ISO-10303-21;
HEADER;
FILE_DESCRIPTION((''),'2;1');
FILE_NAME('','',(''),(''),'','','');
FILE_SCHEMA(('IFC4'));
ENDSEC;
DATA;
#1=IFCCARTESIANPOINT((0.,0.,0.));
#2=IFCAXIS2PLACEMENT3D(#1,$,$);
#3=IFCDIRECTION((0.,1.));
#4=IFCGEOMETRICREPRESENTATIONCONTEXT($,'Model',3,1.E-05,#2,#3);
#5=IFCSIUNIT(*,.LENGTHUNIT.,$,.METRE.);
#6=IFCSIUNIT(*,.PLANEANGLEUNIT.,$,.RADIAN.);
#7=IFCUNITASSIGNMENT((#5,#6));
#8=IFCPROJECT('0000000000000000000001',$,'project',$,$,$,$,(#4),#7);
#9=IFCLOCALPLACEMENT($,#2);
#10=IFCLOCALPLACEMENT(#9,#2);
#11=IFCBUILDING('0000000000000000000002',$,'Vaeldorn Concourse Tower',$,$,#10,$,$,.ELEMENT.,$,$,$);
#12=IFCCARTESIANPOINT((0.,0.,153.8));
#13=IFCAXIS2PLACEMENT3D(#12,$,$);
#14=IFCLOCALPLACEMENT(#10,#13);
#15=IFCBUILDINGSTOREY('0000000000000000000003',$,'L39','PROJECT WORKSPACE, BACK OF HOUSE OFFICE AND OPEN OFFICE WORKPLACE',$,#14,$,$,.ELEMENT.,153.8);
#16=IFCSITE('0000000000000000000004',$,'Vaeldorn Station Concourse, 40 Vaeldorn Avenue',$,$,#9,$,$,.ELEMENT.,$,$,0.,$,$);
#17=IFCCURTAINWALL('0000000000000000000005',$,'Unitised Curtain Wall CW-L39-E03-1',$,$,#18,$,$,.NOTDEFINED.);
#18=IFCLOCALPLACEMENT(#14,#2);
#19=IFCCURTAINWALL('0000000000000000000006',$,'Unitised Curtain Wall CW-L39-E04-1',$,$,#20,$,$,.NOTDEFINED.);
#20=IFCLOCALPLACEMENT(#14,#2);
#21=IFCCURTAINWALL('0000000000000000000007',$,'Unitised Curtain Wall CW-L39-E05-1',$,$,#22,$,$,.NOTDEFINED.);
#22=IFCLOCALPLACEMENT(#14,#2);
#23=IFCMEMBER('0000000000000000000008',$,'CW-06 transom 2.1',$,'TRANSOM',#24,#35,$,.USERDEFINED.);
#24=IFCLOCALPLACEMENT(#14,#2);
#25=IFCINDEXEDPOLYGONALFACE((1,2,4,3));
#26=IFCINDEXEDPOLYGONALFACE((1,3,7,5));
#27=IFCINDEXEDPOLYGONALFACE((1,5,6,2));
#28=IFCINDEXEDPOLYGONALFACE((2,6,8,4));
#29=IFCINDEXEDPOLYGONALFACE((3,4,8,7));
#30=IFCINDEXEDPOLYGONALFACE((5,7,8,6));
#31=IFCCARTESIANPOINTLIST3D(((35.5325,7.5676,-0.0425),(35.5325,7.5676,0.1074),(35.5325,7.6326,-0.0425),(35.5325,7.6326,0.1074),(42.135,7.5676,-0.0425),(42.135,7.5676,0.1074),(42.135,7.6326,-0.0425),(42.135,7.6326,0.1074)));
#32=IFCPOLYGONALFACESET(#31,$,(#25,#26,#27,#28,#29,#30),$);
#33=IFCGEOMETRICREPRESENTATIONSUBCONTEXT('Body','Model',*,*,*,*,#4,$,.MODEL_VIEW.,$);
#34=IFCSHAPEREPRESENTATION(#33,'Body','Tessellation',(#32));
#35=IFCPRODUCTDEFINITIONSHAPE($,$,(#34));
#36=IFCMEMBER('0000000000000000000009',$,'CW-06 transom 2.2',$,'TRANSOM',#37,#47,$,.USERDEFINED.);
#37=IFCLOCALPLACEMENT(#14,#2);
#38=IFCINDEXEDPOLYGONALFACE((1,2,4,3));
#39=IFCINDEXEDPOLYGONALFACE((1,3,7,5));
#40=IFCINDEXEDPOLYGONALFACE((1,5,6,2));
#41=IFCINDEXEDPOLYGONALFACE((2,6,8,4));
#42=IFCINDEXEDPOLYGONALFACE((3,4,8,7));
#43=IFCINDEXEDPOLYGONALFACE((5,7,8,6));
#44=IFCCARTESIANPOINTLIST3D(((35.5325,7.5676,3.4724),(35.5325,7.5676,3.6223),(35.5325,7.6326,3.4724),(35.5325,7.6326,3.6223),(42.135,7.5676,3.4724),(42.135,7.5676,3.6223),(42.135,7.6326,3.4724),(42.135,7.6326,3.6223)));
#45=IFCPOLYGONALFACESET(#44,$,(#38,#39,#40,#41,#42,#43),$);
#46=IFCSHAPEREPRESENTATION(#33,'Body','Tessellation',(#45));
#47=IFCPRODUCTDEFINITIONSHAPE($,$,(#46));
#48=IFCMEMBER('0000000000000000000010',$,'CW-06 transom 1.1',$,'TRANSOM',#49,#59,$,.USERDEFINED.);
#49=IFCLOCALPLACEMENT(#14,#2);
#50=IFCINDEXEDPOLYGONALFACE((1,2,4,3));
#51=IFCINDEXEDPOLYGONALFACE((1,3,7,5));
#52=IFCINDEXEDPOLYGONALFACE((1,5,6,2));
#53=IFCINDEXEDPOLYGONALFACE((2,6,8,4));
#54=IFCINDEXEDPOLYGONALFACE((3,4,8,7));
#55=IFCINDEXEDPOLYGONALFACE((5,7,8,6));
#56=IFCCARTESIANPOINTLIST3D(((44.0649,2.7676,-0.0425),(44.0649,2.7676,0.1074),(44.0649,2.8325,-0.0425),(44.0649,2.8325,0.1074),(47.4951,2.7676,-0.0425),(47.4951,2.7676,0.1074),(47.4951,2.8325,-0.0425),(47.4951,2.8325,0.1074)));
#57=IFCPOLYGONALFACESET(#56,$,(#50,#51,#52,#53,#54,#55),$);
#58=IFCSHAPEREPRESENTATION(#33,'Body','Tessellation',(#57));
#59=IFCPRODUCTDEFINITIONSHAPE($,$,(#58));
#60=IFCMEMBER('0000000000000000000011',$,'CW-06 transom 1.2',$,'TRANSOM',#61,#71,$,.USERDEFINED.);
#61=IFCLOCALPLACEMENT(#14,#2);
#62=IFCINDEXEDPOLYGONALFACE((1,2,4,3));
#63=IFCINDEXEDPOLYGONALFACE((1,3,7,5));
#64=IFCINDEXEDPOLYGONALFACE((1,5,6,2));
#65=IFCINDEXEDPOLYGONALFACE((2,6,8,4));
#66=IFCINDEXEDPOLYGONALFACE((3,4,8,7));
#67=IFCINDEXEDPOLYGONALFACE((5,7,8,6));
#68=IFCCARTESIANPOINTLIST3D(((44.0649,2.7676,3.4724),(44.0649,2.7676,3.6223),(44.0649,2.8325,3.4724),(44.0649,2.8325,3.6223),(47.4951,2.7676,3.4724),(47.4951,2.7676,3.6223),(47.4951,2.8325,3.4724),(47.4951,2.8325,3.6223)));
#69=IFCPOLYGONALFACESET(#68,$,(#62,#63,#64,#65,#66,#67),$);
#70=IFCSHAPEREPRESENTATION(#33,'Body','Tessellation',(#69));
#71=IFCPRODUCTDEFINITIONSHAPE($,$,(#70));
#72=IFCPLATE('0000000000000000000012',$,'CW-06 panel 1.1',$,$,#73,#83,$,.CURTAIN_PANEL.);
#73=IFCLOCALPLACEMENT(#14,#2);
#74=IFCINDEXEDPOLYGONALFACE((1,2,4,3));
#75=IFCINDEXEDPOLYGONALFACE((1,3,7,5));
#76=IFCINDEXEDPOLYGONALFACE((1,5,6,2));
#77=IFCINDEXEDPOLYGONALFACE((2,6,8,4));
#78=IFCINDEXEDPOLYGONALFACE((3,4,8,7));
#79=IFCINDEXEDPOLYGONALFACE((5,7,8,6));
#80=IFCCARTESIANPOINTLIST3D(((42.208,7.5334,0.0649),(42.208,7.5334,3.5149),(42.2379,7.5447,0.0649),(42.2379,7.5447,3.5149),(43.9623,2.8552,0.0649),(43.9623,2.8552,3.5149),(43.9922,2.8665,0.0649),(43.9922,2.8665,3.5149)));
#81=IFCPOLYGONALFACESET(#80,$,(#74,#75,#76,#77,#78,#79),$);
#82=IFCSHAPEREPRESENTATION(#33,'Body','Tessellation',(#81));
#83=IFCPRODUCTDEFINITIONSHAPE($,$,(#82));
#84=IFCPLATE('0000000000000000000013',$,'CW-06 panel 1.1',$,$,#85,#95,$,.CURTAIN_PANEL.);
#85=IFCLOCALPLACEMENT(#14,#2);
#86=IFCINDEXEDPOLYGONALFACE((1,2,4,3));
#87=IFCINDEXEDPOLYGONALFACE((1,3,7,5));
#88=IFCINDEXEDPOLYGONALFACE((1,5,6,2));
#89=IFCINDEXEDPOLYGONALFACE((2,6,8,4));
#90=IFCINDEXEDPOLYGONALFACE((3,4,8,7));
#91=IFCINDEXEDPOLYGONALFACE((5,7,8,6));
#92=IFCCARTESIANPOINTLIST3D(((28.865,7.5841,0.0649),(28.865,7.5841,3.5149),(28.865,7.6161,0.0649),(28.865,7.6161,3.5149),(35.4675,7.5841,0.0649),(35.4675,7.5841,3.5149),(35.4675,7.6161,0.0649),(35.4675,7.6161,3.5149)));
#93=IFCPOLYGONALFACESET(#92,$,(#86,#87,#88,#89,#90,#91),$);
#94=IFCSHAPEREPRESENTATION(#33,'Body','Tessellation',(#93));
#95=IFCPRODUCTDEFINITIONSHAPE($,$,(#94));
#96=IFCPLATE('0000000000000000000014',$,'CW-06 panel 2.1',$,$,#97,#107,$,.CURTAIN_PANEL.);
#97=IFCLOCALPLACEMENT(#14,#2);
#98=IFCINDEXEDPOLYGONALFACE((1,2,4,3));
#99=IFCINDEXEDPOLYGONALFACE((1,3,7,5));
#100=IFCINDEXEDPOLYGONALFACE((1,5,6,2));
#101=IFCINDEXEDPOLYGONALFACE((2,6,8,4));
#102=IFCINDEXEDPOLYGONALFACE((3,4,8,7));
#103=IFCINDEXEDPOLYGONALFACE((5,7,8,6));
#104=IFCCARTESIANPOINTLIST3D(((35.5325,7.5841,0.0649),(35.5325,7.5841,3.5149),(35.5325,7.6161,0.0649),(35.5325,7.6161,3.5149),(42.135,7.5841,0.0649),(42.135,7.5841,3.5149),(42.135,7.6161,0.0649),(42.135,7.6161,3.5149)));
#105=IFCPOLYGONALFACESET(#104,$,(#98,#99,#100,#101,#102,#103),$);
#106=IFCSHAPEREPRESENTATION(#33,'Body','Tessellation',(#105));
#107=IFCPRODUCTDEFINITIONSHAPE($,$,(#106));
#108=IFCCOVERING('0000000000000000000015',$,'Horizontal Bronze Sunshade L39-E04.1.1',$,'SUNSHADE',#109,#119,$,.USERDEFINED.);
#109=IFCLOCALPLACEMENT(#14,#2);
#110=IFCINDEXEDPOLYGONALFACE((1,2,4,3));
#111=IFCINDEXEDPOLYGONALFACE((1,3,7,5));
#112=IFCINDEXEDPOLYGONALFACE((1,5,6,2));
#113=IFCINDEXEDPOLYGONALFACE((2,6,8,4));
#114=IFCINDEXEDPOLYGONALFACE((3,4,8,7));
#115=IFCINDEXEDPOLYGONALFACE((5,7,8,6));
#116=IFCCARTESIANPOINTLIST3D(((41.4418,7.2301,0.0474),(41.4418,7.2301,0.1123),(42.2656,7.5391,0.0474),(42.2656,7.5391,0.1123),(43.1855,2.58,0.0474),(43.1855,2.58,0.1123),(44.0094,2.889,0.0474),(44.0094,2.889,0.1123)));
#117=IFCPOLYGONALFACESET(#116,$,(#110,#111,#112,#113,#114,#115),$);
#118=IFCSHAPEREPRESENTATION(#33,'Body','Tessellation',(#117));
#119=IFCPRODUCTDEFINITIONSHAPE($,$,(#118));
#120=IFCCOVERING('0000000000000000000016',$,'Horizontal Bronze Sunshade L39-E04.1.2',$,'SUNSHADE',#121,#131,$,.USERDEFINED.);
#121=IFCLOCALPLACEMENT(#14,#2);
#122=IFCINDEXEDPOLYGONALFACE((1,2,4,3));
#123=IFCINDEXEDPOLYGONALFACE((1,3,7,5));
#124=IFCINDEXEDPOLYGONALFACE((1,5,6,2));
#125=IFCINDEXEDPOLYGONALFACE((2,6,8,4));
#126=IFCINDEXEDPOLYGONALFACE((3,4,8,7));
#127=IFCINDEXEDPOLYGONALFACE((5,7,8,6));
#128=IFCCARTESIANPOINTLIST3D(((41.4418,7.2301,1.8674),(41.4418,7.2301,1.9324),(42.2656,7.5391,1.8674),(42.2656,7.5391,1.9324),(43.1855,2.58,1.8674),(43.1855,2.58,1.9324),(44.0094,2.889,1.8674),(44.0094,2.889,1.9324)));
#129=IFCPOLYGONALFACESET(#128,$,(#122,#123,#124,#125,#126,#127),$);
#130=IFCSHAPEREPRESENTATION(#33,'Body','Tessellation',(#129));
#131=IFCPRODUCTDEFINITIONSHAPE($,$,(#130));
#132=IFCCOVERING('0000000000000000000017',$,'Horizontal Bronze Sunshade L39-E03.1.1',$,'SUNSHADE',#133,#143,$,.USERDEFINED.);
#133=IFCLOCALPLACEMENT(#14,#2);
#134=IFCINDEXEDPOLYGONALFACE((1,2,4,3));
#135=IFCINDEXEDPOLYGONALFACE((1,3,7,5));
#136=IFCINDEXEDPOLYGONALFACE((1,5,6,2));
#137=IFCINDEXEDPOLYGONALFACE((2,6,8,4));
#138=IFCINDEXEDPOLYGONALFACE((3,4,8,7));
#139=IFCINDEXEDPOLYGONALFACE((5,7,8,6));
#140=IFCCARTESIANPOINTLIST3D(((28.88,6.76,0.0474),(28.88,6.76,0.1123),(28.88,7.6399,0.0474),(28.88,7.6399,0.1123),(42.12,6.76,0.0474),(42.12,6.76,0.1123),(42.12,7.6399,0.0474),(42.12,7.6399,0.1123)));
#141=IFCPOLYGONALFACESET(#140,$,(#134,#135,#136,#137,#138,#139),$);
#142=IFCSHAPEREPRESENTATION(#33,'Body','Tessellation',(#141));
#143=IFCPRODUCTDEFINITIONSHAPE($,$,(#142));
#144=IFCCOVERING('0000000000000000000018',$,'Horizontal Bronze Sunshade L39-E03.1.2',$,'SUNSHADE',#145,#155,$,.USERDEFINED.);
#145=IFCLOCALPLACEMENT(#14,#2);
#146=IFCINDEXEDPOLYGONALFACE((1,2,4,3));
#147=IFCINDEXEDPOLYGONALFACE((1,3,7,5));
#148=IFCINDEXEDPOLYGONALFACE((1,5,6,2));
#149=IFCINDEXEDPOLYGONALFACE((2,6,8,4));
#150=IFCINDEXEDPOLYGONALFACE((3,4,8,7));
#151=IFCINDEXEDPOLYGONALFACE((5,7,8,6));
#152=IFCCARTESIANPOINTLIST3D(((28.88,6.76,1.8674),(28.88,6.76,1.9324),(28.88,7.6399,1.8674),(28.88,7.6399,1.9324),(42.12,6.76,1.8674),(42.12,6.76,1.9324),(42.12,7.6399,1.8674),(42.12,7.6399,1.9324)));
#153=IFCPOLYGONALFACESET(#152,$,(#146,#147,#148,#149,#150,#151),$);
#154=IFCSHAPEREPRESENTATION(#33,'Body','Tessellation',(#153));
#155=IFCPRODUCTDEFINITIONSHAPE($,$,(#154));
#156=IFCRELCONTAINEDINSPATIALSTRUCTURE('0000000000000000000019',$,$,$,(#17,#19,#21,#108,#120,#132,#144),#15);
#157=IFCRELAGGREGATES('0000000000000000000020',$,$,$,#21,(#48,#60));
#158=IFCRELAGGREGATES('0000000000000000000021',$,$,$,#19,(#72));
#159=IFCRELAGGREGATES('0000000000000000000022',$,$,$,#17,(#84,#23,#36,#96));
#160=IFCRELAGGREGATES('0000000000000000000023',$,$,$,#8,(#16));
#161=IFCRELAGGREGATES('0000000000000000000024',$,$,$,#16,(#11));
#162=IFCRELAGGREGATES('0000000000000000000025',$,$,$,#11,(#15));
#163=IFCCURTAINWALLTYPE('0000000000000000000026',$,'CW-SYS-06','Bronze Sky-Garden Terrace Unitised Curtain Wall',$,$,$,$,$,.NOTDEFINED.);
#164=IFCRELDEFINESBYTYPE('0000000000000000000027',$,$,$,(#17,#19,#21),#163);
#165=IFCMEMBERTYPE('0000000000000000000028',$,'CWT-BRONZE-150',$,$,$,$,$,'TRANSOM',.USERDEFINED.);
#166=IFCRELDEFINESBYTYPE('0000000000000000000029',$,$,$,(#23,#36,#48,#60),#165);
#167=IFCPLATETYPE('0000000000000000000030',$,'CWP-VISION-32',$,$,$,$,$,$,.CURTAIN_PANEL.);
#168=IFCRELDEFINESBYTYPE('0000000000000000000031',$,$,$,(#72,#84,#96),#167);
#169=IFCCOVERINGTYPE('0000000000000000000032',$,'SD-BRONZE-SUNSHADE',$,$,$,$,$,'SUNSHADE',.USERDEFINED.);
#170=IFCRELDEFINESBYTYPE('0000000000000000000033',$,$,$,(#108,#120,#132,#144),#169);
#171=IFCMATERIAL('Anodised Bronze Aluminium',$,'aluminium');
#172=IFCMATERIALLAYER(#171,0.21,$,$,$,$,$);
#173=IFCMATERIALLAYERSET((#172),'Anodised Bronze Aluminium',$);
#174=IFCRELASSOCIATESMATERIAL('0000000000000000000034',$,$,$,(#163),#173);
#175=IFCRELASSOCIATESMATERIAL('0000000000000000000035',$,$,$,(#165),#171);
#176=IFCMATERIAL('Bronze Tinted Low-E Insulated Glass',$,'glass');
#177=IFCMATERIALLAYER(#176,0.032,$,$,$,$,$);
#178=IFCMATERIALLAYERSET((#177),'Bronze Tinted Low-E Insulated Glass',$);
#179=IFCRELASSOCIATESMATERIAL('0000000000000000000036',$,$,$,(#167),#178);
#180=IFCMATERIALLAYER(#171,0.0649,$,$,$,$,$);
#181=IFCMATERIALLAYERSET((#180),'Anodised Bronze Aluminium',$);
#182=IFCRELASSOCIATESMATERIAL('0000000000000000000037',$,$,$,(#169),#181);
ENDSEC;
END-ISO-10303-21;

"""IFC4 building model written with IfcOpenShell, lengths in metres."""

from ifc_helpers import new_model, si_unit, direction, frame, origin, origin_2d, place, context, subcontext, project, spatial, rectangle, extrude, source, transform, mapped, material, layer, layer_set, material_profile, profile_set, type_object, element, aggregate, save


model = new_model("IFC4")

# Units and contexts
model_context = context("Model", 3, precision=1e-05, world=origin(), true_north=direction((0.0, 1.0)))
body_context = subcontext(model_context, "Body", "Model", "MODEL_VIEW")
ifc_project = project(units=[si_unit("LENGTHUNIT", "METRE"), si_unit("PLANEANGLEUNIT", "RADIAN")], contexts=[model_context])

# Site, building, storey
site_placement = place(None, origin())
site = spatial("IfcSite", under=ifc_project, at=site_placement, Name="Vaeldorn Station Concourse, 40 Vaeldorn Avenue", CompositionType="ELEMENT", RefElevation=0.0)
building_placement = place(site_placement, origin())
building = spatial("IfcBuilding", under=site, at=building_placement, Name="Vaeldorn Concourse Tower", CompositionType="ELEMENT")
storey_placement = place(building_placement, frame((0.0, 0.0, 153.8)))
storey = spatial("IfcBuildingStorey", under=building, at=storey_placement, Name="L39", Description="PROJECT WORKSPACE, BACK OF HOUSE OFFICE AND OPEN OFFICE WORKPLACE", CompositionType="ELEMENT", Elevation=153.8)

# Curtain walls
ifc_material_1 = material(Name="Anodised Bronze Aluminium", Category="aluminium")
ifc_layer_1 = layer(ifc_material_1, 0.21)
ifc_layer_set_1 = layer_set([ifc_layer_1], Name="Anodised Bronze Aluminium")
curtain_wall_type = type_object("IfcCurtainWallType", Name="CW-SYS-06", Description="Bronze Sky-Garden Terrace Unitised Curtain Wall", PredefinedType="NOTDEFINED", material=ifc_layer_set_1)
curtain_wall_1_placement = place(storey_placement, origin())
curtain_wall_1 = element("IfcCurtainWall", 1, at=curtain_wall_1_placement, inside=storey, type_object=curtain_wall_type, Name="Unitised Curtain Wall CW-L39-E03-1", PredefinedType="NOTDEFINED")
curtain_wall_2_placement = place(storey_placement, origin())
curtain_wall_2 = element("IfcCurtainWall", 2, at=curtain_wall_2_placement, inside=storey, type_object=curtain_wall_type, Name="Unitised Curtain Wall CW-L39-E04-1", PredefinedType="NOTDEFINED")

# Curtain wall
curtain_wall_3_placement = place(storey_placement, origin())
curtain_wall_3 = element("IfcCurtainWall", 3, at=curtain_wall_3_placement, inside=storey, type_object=curtain_wall_type, Name="Unitised Curtain Wall CW-L39-E05-1", PredefinedType="NOTDEFINED")

# Members
ifc_material_profile_1 = material_profile(ifc_material_1, rectangle(XDim=0.0649, YDim=0.1499, at=origin_2d()), Name="CWT 65x150")
ifc_profile_set_1 = profile_set([ifc_material_profile_1], Name="Anodised Bronze Aluminium")
member_type_1 = type_object("IfcMemberType", Name="CWT-BRONZE-150", ElementType="TRANSOM", PredefinedType="USERDEFINED", material=ifc_profile_set_1)
shared_shape_1 = source(origin(), body_context, "Body", "SweptSolid", [
    extrude(rectangle(XDim=0.0649, YDim=0.1499, at=origin_2d()), origin(), (0.0, 0.0, 1.0), 6.6025),
])
member_1_placement = place(storey_placement, frame((35.5325, 7.6001, 0.0325), z_axis=(1.0, 0.0, 0.0), x_axis=(0.0, 1.0, 0.0)))
member_1 = element("IfcMember", 4, at=member_1_placement, type_object=member_type_1, Name="CW-06 transom 2.1", ObjectType="TRANSOM", PredefinedType="USERDEFINED", context=body_context, shape_type="MappedRepresentation", body=[
    mapped(shared_shape_1, transform((0.0, 0.0, 0.0), scale=1.0)),
])
member_2_placement = place(storey_placement, frame((35.5325, 7.6001, 3.5474), z_axis=(1.0, 0.0, 0.0), x_axis=(0.0, 1.0, 0.0)))
member_2 = element("IfcMember", 5, at=member_2_placement, type_object=member_type_1, Name="CW-06 transom 2.2", ObjectType="TRANSOM", PredefinedType="USERDEFINED", context=body_context, shape_type="MappedRepresentation", body=[
    mapped(shared_shape_1, transform((0.0, 0.0, 0.0), scale=1.0)),
])
shared_shape_2 = source(origin(), body_context, "Body", "SweptSolid", [
    extrude(rectangle(XDim=0.0649, YDim=0.1499, at=origin_2d()), origin(), (0.0, 0.0, 1.0), 3.4302),
])
member_3_placement = place(storey_placement, frame((44.0649, 2.8, 0.0325), z_axis=(1.0, 0.0, 0.0), x_axis=(0.0, 1.0, 0.0)))
member_3 = element("IfcMember", 6, at=member_3_placement, type_object=member_type_1, Name="CW-06 transom 1.1", ObjectType="TRANSOM", PredefinedType="USERDEFINED", context=body_context, shape_type="MappedRepresentation", body=[
    mapped(shared_shape_2, transform((0.0, 0.0, 0.0), scale=1.0)),
])
member_4_placement = place(storey_placement, frame((44.0649, 2.8, 3.5474), z_axis=(1.0, 0.0, 0.0), x_axis=(0.0, 1.0, 0.0)))
member_4 = element("IfcMember", 7, at=member_4_placement, type_object=member_type_1, Name="CW-06 transom 1.2", ObjectType="TRANSOM", PredefinedType="USERDEFINED", context=body_context, shape_type="MappedRepresentation", body=[
    mapped(shared_shape_2, transform((0.0, 0.0, 0.0), scale=1.0)),
])
aggregate(curtain_wall_3, [member_3, member_4])

# Plates
ifc_material_2 = material(Name="Bronze Tinted Low-E Insulated Glass", Category="glass")
ifc_layer_2 = layer(ifc_material_2, 0.032)
ifc_layer_set_2 = layer_set([ifc_layer_2], Name="Bronze Tinted Low-E Insulated Glass")
plate_type = type_object("IfcPlateType", Name="CWP-VISION-32", PredefinedType="CURTAIN_PANEL", material=ifc_layer_set_2)
shared_shape_3 = source(origin(), body_context, "Body", "SweptSolid", [
    extrude(rectangle(XDim=4.9963, YDim=0.032, at=origin_2d()), origin(), (0.0, 0.0, 1.0), 3.45),
])
plate_1_placement = place(storey_placement, frame((43.1001, 5.2, 0.0649), z_axis=(0.0, 0.0, 1.0), x_axis=(0.351123, -0.936329, 0.0)))
plate_1 = element("IfcPlate", 8, at=plate_1_placement, type_object=plate_type, Name="CW-06 panel 1.1", PredefinedType="CURTAIN_PANEL", context=body_context, shape_type="MappedRepresentation", body=[
    mapped(shared_shape_3, transform((0.0, 0.0, 0.0), scale=1.0)),
])
aggregate(curtain_wall_2, [plate_1])
shared_shape_4 = source(origin(), body_context, "Body", "SweptSolid", [
    extrude(rectangle(XDim=6.6025, YDim=0.032, at=origin_2d()), origin(), (0.0, 0.0, 1.0), 3.45),
])
plate_2_placement = place(storey_placement, frame((32.1663, 7.6001, 0.0649), z_axis=(0.0, 0.0, 1.0), x_axis=(1.0, 0.0, 0.0)))
plate_2 = element("IfcPlate", 9, at=plate_2_placement, type_object=plate_type, Name="CW-06 panel 1.1", PredefinedType="CURTAIN_PANEL", context=body_context, shape_type="MappedRepresentation", body=[
    mapped(shared_shape_4, transform((0.0, 0.0, 0.0), scale=1.0)),
])
plate_3_placement = place(storey_placement, frame((38.8337, 7.6001, 0.0649), z_axis=(0.0, 0.0, 1.0), x_axis=(1.0, 0.0, 0.0)))
plate_3 = element("IfcPlate", 10, at=plate_3_placement, type_object=plate_type, Name="CW-06 panel 2.1", PredefinedType="CURTAIN_PANEL", context=body_context, shape_type="MappedRepresentation", body=[
    mapped(shared_shape_4, transform((0.0, 0.0, 0.0), scale=1.0)),
])
aggregate(curtain_wall_1, [plate_2, member_1, member_2, plate_3])

# Coverings
ifc_layer_3 = layer(ifc_material_1, 0.0649)
ifc_layer_set_3 = layer_set([ifc_layer_3], Name="Anodised Bronze Aluminium")
covering_type = type_object("IfcCoveringType", Name="SD-BRONZE-SUNSHADE", ElementType="SUNSHADE", PredefinedType="USERDEFINED", material=ifc_layer_set_3)
shared_shape_5 = source(origin(), body_context, "Body", "SweptSolid", [
    extrude(rectangle(XDim=4.9663, YDim=0.8799, at=origin_2d()), origin(), (0.0, 0.0, 1.0), 0.0649),
])
for number, where, z_axis, x_axis, name in (
    (11, (42.7256, 5.0596, 0.0474), (0.0, 0.0, 1.0), (0.351123, -0.936329, 0.0), "Horizontal Bronze Sunshade L39-E04.1.1"),
    (12, (42.7256, 5.0596, 1.8674), (0.0, 0.0, 1.0), (0.351123, -0.936329, 0.0), "Horizontal Bronze Sunshade L39-E04.1.2"),
):
    element("IfcCovering", number, at=place(storey_placement, frame(where, z_axis=z_axis, x_axis=x_axis)), inside=storey, type_object=covering_type, Name=name, ObjectType="SUNSHADE", PredefinedType="USERDEFINED", context=body_context, shape_type="MappedRepresentation", body=[
        mapped(shared_shape_5, transform((0.0, 0.0, 0.0), scale=1.0)),
    ])
shared_shape_6 = source(origin(), body_context, "Body", "SweptSolid", [
    extrude(rectangle(XDim=13.24, YDim=0.8799, at=origin_2d()), origin(), (0.0, 0.0, 1.0), 0.0649),
])
for number, where, z_axis, x_axis, name in (
    (13, (35.5, 7.2, 0.0474), (0.0, 0.0, 1.0), (1.0, 0.0, 0.0), "Horizontal Bronze Sunshade L39-E03.1.1"),
    (14, (35.5, 7.2, 1.8674), (0.0, 0.0, 1.0), (1.0, 0.0, 0.0), "Horizontal Bronze Sunshade L39-E03.1.2"),
):
    element("IfcCovering", number, at=place(storey_placement, frame(where, z_axis=z_axis, x_axis=x_axis)), inside=storey, type_object=covering_type, Name=name, ObjectType="SUNSHADE", PredefinedType="USERDEFINED", context=body_context, shape_type="MappedRepresentation", body=[
        mapped(shared_shape_6, transform((0.0, 0.0, 0.0), scale=1.0)),
    ])

save(model, "model.ifc")
